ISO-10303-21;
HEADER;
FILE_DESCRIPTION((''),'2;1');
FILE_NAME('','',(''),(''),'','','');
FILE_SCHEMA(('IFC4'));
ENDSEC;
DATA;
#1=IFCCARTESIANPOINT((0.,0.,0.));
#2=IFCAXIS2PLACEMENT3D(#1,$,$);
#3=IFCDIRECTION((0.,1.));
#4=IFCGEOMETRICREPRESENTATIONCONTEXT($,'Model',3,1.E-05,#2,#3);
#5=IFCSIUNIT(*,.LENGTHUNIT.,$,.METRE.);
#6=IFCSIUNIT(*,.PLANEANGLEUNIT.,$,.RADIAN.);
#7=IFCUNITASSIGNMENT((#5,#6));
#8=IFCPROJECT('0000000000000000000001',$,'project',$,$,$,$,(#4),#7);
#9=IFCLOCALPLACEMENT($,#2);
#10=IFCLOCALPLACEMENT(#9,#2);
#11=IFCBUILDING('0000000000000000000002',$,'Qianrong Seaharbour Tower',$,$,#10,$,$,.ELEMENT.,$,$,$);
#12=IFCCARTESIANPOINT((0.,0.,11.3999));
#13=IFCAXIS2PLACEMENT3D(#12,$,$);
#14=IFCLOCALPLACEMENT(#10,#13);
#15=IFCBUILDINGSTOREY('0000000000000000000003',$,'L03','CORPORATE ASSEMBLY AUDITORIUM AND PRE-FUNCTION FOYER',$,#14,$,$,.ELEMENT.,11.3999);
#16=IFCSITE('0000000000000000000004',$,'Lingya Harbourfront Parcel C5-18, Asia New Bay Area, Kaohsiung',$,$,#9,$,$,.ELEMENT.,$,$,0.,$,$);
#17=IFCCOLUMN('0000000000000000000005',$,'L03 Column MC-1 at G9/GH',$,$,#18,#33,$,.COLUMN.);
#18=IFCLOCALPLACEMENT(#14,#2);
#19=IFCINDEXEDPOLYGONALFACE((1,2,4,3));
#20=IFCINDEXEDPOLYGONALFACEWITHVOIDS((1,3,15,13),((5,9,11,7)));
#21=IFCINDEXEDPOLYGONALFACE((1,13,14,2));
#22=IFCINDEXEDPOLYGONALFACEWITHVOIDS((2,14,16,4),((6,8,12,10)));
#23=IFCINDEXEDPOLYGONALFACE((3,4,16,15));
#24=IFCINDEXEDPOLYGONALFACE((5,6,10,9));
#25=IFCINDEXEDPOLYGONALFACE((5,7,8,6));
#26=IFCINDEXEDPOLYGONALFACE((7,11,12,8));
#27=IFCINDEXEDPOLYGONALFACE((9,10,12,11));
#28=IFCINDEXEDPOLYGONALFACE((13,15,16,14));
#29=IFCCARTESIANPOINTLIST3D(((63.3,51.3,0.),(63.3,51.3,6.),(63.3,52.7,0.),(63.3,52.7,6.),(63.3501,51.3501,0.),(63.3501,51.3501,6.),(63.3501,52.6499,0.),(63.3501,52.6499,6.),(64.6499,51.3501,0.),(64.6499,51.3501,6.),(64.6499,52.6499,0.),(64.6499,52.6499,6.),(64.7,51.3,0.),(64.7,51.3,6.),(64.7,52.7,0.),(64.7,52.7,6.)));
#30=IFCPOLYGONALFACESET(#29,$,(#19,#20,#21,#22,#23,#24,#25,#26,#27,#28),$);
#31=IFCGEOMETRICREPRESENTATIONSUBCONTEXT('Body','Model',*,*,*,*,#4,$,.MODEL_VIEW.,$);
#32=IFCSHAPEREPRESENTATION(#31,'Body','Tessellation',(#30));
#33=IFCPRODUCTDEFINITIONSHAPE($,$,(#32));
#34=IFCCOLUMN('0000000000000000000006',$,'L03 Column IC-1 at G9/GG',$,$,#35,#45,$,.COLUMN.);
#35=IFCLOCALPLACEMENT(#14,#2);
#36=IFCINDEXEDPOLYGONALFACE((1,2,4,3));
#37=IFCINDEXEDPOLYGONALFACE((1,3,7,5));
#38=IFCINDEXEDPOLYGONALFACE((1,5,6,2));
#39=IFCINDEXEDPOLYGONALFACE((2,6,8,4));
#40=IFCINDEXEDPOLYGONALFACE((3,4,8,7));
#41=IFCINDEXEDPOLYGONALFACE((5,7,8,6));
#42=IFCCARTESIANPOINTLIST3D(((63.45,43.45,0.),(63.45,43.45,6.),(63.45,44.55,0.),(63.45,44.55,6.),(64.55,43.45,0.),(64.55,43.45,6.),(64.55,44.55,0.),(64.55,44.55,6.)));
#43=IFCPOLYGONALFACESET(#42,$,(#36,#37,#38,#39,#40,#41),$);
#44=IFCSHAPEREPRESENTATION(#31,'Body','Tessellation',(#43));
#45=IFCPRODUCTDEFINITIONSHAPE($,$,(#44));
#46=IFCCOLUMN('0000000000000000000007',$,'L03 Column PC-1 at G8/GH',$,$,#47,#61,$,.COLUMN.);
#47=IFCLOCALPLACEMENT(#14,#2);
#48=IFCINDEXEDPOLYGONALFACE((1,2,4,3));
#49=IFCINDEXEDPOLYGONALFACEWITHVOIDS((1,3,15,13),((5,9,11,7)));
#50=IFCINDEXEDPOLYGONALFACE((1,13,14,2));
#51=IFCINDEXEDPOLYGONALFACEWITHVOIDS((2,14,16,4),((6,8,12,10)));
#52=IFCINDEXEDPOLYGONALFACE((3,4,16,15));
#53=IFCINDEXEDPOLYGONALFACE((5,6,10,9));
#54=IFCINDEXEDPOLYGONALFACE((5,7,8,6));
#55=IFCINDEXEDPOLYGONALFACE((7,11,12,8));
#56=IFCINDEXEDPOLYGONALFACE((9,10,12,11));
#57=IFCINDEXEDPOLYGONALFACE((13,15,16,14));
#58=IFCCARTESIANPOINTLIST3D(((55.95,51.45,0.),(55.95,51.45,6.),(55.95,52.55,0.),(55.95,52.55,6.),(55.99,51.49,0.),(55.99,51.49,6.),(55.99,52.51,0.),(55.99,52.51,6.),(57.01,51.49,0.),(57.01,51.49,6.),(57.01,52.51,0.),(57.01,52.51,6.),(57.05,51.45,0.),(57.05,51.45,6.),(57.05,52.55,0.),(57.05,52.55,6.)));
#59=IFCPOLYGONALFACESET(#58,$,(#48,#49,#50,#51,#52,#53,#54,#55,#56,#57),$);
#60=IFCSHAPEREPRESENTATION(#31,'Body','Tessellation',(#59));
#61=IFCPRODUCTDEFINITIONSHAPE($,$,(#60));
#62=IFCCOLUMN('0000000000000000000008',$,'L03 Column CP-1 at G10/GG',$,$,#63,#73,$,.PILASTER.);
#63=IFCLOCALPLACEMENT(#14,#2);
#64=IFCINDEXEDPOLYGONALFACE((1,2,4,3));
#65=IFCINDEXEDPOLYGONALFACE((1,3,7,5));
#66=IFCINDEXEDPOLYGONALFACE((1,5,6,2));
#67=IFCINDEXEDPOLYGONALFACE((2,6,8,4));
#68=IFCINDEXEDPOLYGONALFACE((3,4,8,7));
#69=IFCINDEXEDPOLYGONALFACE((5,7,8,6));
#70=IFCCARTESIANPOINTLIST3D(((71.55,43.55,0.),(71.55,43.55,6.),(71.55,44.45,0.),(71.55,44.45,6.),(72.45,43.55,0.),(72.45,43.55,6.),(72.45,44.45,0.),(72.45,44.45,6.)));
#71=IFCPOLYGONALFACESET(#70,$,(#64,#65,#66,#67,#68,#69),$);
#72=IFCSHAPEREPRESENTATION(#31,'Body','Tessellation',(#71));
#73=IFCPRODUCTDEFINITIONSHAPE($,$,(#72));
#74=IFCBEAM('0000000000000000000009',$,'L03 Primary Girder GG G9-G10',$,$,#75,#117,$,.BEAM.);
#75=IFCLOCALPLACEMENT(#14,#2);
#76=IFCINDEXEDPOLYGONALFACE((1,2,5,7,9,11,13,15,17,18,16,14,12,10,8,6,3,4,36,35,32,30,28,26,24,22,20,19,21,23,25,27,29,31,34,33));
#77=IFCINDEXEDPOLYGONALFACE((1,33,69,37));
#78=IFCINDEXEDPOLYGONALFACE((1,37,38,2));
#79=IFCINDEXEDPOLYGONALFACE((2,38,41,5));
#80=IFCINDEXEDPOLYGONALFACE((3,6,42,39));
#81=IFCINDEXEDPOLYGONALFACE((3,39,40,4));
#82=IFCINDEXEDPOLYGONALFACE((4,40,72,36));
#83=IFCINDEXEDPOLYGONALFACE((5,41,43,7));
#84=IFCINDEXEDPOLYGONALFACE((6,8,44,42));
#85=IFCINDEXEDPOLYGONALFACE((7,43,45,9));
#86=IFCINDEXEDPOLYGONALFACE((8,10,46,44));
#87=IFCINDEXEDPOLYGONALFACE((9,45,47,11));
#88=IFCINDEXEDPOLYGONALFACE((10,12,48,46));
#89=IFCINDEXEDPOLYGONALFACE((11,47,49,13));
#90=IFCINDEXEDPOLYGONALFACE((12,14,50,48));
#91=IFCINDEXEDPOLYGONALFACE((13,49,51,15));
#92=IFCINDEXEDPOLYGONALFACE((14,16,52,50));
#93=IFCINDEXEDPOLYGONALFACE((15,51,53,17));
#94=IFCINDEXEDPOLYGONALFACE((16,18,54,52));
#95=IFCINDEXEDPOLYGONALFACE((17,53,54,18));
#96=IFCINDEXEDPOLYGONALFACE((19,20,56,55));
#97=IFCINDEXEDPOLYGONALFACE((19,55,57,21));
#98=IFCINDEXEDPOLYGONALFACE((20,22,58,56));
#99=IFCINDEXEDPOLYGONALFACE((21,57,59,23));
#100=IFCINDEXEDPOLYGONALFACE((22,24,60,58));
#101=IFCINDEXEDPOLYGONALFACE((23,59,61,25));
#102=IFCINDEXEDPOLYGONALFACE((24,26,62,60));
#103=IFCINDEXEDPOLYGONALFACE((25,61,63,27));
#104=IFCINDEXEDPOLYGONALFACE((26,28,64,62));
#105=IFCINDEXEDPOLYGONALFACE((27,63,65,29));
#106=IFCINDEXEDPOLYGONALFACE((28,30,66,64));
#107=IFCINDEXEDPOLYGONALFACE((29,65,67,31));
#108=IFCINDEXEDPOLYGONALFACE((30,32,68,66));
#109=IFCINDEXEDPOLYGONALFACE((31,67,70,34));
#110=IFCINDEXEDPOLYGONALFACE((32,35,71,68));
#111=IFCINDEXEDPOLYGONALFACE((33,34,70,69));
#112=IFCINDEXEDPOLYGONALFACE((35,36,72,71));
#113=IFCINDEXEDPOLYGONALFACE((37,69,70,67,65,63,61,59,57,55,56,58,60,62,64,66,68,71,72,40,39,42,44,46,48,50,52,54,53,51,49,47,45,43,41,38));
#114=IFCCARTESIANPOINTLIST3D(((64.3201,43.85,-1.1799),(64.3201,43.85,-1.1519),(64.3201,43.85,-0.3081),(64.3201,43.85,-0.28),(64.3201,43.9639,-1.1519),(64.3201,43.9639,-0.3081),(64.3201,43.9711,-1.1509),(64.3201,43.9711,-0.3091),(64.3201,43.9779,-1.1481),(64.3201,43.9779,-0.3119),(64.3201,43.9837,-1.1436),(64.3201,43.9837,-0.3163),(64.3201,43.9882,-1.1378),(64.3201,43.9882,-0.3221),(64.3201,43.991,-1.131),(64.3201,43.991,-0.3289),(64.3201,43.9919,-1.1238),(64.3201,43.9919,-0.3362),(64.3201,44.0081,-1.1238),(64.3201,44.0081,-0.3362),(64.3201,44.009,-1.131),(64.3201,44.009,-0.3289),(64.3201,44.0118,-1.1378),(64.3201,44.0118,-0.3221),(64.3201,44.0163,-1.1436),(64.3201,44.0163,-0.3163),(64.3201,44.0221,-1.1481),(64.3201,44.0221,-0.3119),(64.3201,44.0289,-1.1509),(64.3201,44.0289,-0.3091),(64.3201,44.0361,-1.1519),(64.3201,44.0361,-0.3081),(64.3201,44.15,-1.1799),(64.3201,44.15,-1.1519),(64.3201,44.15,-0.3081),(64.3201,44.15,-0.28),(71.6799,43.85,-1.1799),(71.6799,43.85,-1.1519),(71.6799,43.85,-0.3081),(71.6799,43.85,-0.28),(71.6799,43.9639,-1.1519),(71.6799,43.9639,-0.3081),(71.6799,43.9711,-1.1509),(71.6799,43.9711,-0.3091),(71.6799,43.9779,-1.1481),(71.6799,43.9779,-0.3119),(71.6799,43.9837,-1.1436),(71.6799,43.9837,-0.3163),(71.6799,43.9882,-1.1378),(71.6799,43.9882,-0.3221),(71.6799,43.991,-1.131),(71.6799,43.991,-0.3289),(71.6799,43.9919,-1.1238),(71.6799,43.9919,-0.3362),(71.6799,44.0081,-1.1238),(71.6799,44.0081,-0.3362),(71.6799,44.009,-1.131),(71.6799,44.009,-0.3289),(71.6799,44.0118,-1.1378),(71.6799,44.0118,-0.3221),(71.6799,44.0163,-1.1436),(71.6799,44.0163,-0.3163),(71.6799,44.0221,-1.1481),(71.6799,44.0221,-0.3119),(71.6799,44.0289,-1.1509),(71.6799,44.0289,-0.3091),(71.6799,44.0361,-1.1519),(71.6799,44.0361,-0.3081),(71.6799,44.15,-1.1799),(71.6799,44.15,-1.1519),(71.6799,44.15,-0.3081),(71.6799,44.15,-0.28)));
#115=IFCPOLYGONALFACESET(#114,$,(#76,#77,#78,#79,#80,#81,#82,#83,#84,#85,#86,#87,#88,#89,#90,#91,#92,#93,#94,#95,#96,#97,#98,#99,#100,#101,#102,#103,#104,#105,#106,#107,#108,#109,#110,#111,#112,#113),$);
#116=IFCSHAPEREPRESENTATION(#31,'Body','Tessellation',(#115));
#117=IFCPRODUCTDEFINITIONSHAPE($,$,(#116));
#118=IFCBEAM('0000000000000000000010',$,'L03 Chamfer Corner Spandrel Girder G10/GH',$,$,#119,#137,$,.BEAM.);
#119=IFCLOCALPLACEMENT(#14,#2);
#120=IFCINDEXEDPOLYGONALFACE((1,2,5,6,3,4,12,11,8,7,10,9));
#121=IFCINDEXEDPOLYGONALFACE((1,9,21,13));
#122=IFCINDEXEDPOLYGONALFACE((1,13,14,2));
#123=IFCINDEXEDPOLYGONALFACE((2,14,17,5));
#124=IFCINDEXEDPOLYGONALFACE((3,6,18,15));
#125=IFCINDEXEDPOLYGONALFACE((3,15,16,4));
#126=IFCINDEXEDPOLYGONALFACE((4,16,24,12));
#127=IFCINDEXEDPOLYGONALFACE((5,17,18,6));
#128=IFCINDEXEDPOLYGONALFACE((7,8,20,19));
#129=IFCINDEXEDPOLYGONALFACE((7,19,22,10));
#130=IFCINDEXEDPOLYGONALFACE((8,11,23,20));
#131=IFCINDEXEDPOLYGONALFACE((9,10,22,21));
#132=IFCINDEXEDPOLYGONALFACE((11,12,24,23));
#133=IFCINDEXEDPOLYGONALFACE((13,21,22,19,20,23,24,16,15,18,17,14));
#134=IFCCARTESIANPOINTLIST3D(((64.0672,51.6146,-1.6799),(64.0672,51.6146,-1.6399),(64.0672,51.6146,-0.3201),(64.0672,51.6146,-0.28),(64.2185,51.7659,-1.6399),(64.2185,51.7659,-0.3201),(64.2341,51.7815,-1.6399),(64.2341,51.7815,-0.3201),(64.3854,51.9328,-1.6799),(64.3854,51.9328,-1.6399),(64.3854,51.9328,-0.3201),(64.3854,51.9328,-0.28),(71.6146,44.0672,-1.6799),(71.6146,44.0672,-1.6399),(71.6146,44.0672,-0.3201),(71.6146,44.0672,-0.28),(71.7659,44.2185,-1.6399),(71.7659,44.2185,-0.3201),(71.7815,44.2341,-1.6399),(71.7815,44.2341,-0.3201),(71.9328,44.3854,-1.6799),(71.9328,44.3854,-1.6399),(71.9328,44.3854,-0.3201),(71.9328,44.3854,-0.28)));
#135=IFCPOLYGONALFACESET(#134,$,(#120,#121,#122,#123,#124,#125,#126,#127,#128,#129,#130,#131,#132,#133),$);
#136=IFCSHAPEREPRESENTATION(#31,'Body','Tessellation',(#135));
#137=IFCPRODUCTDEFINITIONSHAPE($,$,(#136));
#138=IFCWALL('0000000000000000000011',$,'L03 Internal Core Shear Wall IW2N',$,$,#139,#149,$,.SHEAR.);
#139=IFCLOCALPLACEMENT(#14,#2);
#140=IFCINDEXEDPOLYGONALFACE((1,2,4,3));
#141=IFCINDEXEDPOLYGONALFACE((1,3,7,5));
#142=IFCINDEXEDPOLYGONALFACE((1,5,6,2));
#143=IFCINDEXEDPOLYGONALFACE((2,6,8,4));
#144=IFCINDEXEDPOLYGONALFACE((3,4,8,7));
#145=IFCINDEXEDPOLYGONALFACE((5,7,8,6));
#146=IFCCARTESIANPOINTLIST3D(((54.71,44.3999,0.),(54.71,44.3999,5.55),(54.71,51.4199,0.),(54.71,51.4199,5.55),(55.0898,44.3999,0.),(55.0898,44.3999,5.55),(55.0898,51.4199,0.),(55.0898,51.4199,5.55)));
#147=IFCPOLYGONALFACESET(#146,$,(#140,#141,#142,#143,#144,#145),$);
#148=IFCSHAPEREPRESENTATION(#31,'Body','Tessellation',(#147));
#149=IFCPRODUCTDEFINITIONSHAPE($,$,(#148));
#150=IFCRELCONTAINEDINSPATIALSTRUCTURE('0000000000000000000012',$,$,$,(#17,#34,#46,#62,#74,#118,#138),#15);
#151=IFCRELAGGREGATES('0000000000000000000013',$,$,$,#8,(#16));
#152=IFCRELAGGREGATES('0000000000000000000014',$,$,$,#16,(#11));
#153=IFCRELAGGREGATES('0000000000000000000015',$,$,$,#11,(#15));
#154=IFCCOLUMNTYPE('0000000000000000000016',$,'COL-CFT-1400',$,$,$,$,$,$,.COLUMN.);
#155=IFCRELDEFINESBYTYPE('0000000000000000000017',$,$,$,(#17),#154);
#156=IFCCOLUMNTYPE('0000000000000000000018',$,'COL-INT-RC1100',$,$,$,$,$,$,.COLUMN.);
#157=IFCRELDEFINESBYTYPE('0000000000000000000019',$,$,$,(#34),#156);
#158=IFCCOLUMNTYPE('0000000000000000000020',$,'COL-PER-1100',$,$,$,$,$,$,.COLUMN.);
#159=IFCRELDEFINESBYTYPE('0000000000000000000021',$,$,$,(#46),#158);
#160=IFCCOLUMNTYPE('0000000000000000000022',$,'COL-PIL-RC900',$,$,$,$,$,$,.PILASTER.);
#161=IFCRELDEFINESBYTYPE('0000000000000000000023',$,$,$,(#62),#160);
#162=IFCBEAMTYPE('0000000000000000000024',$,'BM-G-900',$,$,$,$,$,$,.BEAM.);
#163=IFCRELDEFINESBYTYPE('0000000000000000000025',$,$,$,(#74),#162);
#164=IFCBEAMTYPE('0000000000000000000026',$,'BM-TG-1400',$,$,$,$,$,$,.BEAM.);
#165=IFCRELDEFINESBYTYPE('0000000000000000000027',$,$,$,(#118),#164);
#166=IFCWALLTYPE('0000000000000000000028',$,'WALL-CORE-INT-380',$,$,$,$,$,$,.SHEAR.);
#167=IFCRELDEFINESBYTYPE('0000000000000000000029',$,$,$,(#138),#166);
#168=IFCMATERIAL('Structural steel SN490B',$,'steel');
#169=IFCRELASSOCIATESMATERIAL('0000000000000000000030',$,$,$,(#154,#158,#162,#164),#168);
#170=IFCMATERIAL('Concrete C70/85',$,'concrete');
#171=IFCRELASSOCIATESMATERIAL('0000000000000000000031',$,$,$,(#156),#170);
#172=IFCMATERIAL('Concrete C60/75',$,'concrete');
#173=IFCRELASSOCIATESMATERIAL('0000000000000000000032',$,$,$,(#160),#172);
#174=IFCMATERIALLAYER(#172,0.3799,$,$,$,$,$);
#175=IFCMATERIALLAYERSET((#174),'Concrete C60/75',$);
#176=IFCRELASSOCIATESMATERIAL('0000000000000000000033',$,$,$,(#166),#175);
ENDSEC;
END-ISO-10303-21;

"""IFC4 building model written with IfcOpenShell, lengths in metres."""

from ifc_helpers import new_model, si_unit, direction, frame, frame_2d, origin, origin_2d, place, context, subcontext, project, spatial, rectangle, hollow_rectangle, i_section, extrude, material, layer, layer_set, material_profile, profile_set, type_object, element, save


model = new_model("IFC4")

# Units and contexts
model_context = context("Model", 3, precision=1e-05, world=origin(), true_north=direction((0.0, 1.0)))
body_context = subcontext(model_context, "Body", "Model", "MODEL_VIEW")
ifc_project = project(units=[si_unit("LENGTHUNIT", "METRE"), si_unit("PLANEANGLEUNIT", "RADIAN")], contexts=[model_context])

# Site, building, storey
site_placement = place(None, origin())
site = spatial("IfcSite", under=ifc_project, at=site_placement, Name="Lingya Harbourfront Parcel C5-18, Asia New Bay Area, Kaohsiung", CompositionType="ELEMENT", RefElevation=0.0)
building_placement = place(site_placement, origin())
building = spatial("IfcBuilding", under=site, at=building_placement, Name="Qianrong Seaharbour Tower", CompositionType="ELEMENT")
storey_placement = place(building_placement, frame((0.0, 0.0, 11.3999)))
storey = spatial("IfcBuildingStorey", under=building, at=storey_placement, Name="L03", Description="CORPORATE ASSEMBLY AUDITORIUM AND PRE-FUNCTION FOYER", CompositionType="ELEMENT", Elevation=11.3999)

# Columns
ifc_material_1 = material(Name="Structural steel SN490B", Category="steel")
ifc_material_profile_1 = material_profile(ifc_material_1, hollow_rectangle(XDim=1.3999, YDim=1.3999, WallThickness=0.05, at=origin_2d()), Name="BOX1400x1400x50")
ifc_profile_set_1 = profile_set([ifc_material_profile_1], Name="Structural steel SN490B")
column_type_1 = type_object("IfcColumnType", Name="COL-CFT-1400", PredefinedType="COLUMN", material=ifc_profile_set_1)
column_1_placement = place(storey_placement, frame((64.0, 52.0, 0.0), z_axis=(0.0, 0.0, 1.0), x_axis=(1.0, 0.0, 0.0)))
element("IfcColumn", 1, at=column_1_placement, inside=storey, type_object=column_type_1, Name="L03 Column MC-1 at G9/GH", PredefinedType="COLUMN", context=body_context, shape_type="SweptSolid", body=[
    extrude(hollow_rectangle(XDim=1.3999, YDim=1.3999, WallThickness=0.05, at=origin_2d()), origin(), (0.0, 0.0, 1.0), 6.0),
])
ifc_material_2 = material(Name="Concrete C70/85", Category="concrete")
ifc_material_profile_2 = material_profile(ifc_material_2, rectangle(XDim=1.1001, YDim=1.1001, at=origin_2d()), Name="RC1100x1100")
ifc_profile_set_2 = profile_set([ifc_material_profile_2], Name="Concrete C70/85")
column_type_2 = type_object("IfcColumnType", Name="COL-INT-RC1100", PredefinedType="COLUMN", material=ifc_profile_set_2)
column_2_placement = place(storey_placement, frame((64.0, 44.0, 0.0), z_axis=(0.0, 0.0, 1.0), x_axis=(1.0, 0.0, 0.0)))
element("IfcColumn", 2, at=column_2_placement, inside=storey, type_object=column_type_2, Name="L03 Column IC-1 at G9/GG", PredefinedType="COLUMN", context=body_context, shape_type="SweptSolid", body=[
    extrude(rectangle(XDim=1.1001, YDim=1.1001, at=origin_2d()), origin(), (0.0, 0.0, 1.0), 6.0),
])
ifc_material_profile_3 = material_profile(ifc_material_1, hollow_rectangle(XDim=1.1001, YDim=1.1001, WallThickness=0.04, at=origin_2d()), Name="BOX1100x1100x40")
ifc_profile_set_3 = profile_set([ifc_material_profile_3], Name="Structural steel SN490B")
column_type_3 = type_object("IfcColumnType", Name="COL-PER-1100", PredefinedType="COLUMN", material=ifc_profile_set_3)
column_3_placement = place(storey_placement, frame((56.5, 52.0, 0.0), z_axis=(0.0, 0.0, 1.0), x_axis=(1.0, 0.0, 0.0)))
element("IfcColumn", 3, at=column_3_placement, inside=storey, type_object=column_type_3, Name="L03 Column PC-1 at G8/GH", PredefinedType="COLUMN", context=body_context, shape_type="SweptSolid", body=[
    extrude(hollow_rectangle(XDim=1.1001, YDim=1.1001, WallThickness=0.04, at=origin_2d()), origin(), (0.0, 0.0, 1.0), 6.0),
])
ifc_material_3 = material(Name="Concrete C60/75", Category="concrete")
ifc_material_profile_4 = material_profile(ifc_material_3, rectangle(XDim=0.8999, YDim=0.8999, at=origin_2d()), Name="RC900x900")
ifc_profile_set_4 = profile_set([ifc_material_profile_4], Name="Concrete C60/75")
column_type_4 = type_object("IfcColumnType", Name="COL-PIL-RC900", PredefinedType="PILASTER", material=ifc_profile_set_4)
column_4_placement = place(storey_placement, frame((72.0, 44.0, 0.0), z_axis=(0.0, 0.0, 1.0), x_axis=(1.0, 0.0, 0.0)))
element("IfcColumn", 4, at=column_4_placement, inside=storey, type_object=column_type_4, Name="L03 Column CP-1 at G10/GG", PredefinedType="PILASTER", context=body_context, shape_type="SweptSolid", body=[
    extrude(rectangle(XDim=0.8999, YDim=0.8999, at=origin_2d()), origin(), (0.0, 0.0, 1.0), 6.0),
])

# Beams
ifc_material_profile_5 = material_profile(ifc_material_1, i_section(OverallWidth=0.3, OverallDepth=0.8999, WebThickness=0.0161, FlangeThickness=0.0281, FilletRadius=0.0281, at=origin_2d()), Name="H900x300x16x28")
ifc_profile_set_5 = profile_set([ifc_material_profile_5], Name="Structural steel SN490B")
beam_type_1 = type_object("IfcBeamType", Name="BM-G-900", PredefinedType="BEAM", material=ifc_profile_set_5)
beam_1_placement = place(storey_placement, frame((64.3201, 44.0, -0.73), z_axis=(1.0, 0.0, 0.0), x_axis=(0.0, 1.0, 0.0)))
element("IfcBeam", 5, at=beam_1_placement, inside=storey, type_object=beam_type_1, Name="L03 Primary Girder GG G9-G10", PredefinedType="BEAM", context=body_context, shape_type="SweptSolid", body=[
    extrude(i_section(OverallWidth=0.3, OverallDepth=0.8999, WebThickness=0.0161, FlangeThickness=0.0281, FilletRadius=0.0281, at=origin_2d()), origin(), (0.0, 0.0, 1.0), 7.3599),
])
ifc_material_profile_6 = material_profile(ifc_material_1, i_section(OverallWidth=0.45, OverallDepth=1.3999, WebThickness=0.022, FlangeThickness=0.04, at=origin_2d()), Name="BH1400x450x22x40")
ifc_profile_set_6 = profile_set([ifc_material_profile_6], Name="Structural steel SN490B")
beam_type_2 = type_object("IfcBeamType", Name="BM-TG-1400", PredefinedType="BEAM", material=ifc_profile_set_6)
beam_2_placement = place(storey_placement, frame((64.2263, 51.7737, -0.98), z_axis=(0.707107, -0.707107, 0.0), x_axis=(0.707107, 0.707107, 0.0)))
element("IfcBeam", 6, at=beam_2_placement, inside=storey, type_object=beam_type_2, Name="L03 Chamfer Corner Spandrel Girder G10/GH", PredefinedType="BEAM", context=body_context, shape_type="SweptSolid", body=[
    extrude(i_section(OverallWidth=0.45, OverallDepth=1.3999, WebThickness=0.022, FlangeThickness=0.04, at=origin_2d()), origin(), (0.0, 0.0, 1.0), 10.6736),
])

# Wall
ifc_layer_1 = layer(ifc_material_3, 0.3799)
ifc_layer_set_1 = layer_set([ifc_layer_1], Name="Concrete C60/75")
wall_type_1 = type_object("IfcWallType", Name="WALL-CORE-INT-380", PredefinedType="SHEAR", material=ifc_layer_set_1)
wall_1_placement = place(storey_placement, frame((54.8999, 44.3999, 0.0), z_axis=(0.0, 0.0, 1.0), x_axis=(0.0, 1.0, 0.0)))
element("IfcWall", 7, at=wall_1_placement, inside=storey, type_object=wall_type_1, Name="L03 Internal Core Shear Wall IW2N", PredefinedType="SHEAR", context=body_context, shape_type="SweptSolid", body=[
    extrude(rectangle(XDim=7.02, YDim=0.3799, at=frame_2d((3.51, 0.0))), origin(), (0.0, 0.0, 1.0), 5.55),
])

save(model, "model.ifc")
